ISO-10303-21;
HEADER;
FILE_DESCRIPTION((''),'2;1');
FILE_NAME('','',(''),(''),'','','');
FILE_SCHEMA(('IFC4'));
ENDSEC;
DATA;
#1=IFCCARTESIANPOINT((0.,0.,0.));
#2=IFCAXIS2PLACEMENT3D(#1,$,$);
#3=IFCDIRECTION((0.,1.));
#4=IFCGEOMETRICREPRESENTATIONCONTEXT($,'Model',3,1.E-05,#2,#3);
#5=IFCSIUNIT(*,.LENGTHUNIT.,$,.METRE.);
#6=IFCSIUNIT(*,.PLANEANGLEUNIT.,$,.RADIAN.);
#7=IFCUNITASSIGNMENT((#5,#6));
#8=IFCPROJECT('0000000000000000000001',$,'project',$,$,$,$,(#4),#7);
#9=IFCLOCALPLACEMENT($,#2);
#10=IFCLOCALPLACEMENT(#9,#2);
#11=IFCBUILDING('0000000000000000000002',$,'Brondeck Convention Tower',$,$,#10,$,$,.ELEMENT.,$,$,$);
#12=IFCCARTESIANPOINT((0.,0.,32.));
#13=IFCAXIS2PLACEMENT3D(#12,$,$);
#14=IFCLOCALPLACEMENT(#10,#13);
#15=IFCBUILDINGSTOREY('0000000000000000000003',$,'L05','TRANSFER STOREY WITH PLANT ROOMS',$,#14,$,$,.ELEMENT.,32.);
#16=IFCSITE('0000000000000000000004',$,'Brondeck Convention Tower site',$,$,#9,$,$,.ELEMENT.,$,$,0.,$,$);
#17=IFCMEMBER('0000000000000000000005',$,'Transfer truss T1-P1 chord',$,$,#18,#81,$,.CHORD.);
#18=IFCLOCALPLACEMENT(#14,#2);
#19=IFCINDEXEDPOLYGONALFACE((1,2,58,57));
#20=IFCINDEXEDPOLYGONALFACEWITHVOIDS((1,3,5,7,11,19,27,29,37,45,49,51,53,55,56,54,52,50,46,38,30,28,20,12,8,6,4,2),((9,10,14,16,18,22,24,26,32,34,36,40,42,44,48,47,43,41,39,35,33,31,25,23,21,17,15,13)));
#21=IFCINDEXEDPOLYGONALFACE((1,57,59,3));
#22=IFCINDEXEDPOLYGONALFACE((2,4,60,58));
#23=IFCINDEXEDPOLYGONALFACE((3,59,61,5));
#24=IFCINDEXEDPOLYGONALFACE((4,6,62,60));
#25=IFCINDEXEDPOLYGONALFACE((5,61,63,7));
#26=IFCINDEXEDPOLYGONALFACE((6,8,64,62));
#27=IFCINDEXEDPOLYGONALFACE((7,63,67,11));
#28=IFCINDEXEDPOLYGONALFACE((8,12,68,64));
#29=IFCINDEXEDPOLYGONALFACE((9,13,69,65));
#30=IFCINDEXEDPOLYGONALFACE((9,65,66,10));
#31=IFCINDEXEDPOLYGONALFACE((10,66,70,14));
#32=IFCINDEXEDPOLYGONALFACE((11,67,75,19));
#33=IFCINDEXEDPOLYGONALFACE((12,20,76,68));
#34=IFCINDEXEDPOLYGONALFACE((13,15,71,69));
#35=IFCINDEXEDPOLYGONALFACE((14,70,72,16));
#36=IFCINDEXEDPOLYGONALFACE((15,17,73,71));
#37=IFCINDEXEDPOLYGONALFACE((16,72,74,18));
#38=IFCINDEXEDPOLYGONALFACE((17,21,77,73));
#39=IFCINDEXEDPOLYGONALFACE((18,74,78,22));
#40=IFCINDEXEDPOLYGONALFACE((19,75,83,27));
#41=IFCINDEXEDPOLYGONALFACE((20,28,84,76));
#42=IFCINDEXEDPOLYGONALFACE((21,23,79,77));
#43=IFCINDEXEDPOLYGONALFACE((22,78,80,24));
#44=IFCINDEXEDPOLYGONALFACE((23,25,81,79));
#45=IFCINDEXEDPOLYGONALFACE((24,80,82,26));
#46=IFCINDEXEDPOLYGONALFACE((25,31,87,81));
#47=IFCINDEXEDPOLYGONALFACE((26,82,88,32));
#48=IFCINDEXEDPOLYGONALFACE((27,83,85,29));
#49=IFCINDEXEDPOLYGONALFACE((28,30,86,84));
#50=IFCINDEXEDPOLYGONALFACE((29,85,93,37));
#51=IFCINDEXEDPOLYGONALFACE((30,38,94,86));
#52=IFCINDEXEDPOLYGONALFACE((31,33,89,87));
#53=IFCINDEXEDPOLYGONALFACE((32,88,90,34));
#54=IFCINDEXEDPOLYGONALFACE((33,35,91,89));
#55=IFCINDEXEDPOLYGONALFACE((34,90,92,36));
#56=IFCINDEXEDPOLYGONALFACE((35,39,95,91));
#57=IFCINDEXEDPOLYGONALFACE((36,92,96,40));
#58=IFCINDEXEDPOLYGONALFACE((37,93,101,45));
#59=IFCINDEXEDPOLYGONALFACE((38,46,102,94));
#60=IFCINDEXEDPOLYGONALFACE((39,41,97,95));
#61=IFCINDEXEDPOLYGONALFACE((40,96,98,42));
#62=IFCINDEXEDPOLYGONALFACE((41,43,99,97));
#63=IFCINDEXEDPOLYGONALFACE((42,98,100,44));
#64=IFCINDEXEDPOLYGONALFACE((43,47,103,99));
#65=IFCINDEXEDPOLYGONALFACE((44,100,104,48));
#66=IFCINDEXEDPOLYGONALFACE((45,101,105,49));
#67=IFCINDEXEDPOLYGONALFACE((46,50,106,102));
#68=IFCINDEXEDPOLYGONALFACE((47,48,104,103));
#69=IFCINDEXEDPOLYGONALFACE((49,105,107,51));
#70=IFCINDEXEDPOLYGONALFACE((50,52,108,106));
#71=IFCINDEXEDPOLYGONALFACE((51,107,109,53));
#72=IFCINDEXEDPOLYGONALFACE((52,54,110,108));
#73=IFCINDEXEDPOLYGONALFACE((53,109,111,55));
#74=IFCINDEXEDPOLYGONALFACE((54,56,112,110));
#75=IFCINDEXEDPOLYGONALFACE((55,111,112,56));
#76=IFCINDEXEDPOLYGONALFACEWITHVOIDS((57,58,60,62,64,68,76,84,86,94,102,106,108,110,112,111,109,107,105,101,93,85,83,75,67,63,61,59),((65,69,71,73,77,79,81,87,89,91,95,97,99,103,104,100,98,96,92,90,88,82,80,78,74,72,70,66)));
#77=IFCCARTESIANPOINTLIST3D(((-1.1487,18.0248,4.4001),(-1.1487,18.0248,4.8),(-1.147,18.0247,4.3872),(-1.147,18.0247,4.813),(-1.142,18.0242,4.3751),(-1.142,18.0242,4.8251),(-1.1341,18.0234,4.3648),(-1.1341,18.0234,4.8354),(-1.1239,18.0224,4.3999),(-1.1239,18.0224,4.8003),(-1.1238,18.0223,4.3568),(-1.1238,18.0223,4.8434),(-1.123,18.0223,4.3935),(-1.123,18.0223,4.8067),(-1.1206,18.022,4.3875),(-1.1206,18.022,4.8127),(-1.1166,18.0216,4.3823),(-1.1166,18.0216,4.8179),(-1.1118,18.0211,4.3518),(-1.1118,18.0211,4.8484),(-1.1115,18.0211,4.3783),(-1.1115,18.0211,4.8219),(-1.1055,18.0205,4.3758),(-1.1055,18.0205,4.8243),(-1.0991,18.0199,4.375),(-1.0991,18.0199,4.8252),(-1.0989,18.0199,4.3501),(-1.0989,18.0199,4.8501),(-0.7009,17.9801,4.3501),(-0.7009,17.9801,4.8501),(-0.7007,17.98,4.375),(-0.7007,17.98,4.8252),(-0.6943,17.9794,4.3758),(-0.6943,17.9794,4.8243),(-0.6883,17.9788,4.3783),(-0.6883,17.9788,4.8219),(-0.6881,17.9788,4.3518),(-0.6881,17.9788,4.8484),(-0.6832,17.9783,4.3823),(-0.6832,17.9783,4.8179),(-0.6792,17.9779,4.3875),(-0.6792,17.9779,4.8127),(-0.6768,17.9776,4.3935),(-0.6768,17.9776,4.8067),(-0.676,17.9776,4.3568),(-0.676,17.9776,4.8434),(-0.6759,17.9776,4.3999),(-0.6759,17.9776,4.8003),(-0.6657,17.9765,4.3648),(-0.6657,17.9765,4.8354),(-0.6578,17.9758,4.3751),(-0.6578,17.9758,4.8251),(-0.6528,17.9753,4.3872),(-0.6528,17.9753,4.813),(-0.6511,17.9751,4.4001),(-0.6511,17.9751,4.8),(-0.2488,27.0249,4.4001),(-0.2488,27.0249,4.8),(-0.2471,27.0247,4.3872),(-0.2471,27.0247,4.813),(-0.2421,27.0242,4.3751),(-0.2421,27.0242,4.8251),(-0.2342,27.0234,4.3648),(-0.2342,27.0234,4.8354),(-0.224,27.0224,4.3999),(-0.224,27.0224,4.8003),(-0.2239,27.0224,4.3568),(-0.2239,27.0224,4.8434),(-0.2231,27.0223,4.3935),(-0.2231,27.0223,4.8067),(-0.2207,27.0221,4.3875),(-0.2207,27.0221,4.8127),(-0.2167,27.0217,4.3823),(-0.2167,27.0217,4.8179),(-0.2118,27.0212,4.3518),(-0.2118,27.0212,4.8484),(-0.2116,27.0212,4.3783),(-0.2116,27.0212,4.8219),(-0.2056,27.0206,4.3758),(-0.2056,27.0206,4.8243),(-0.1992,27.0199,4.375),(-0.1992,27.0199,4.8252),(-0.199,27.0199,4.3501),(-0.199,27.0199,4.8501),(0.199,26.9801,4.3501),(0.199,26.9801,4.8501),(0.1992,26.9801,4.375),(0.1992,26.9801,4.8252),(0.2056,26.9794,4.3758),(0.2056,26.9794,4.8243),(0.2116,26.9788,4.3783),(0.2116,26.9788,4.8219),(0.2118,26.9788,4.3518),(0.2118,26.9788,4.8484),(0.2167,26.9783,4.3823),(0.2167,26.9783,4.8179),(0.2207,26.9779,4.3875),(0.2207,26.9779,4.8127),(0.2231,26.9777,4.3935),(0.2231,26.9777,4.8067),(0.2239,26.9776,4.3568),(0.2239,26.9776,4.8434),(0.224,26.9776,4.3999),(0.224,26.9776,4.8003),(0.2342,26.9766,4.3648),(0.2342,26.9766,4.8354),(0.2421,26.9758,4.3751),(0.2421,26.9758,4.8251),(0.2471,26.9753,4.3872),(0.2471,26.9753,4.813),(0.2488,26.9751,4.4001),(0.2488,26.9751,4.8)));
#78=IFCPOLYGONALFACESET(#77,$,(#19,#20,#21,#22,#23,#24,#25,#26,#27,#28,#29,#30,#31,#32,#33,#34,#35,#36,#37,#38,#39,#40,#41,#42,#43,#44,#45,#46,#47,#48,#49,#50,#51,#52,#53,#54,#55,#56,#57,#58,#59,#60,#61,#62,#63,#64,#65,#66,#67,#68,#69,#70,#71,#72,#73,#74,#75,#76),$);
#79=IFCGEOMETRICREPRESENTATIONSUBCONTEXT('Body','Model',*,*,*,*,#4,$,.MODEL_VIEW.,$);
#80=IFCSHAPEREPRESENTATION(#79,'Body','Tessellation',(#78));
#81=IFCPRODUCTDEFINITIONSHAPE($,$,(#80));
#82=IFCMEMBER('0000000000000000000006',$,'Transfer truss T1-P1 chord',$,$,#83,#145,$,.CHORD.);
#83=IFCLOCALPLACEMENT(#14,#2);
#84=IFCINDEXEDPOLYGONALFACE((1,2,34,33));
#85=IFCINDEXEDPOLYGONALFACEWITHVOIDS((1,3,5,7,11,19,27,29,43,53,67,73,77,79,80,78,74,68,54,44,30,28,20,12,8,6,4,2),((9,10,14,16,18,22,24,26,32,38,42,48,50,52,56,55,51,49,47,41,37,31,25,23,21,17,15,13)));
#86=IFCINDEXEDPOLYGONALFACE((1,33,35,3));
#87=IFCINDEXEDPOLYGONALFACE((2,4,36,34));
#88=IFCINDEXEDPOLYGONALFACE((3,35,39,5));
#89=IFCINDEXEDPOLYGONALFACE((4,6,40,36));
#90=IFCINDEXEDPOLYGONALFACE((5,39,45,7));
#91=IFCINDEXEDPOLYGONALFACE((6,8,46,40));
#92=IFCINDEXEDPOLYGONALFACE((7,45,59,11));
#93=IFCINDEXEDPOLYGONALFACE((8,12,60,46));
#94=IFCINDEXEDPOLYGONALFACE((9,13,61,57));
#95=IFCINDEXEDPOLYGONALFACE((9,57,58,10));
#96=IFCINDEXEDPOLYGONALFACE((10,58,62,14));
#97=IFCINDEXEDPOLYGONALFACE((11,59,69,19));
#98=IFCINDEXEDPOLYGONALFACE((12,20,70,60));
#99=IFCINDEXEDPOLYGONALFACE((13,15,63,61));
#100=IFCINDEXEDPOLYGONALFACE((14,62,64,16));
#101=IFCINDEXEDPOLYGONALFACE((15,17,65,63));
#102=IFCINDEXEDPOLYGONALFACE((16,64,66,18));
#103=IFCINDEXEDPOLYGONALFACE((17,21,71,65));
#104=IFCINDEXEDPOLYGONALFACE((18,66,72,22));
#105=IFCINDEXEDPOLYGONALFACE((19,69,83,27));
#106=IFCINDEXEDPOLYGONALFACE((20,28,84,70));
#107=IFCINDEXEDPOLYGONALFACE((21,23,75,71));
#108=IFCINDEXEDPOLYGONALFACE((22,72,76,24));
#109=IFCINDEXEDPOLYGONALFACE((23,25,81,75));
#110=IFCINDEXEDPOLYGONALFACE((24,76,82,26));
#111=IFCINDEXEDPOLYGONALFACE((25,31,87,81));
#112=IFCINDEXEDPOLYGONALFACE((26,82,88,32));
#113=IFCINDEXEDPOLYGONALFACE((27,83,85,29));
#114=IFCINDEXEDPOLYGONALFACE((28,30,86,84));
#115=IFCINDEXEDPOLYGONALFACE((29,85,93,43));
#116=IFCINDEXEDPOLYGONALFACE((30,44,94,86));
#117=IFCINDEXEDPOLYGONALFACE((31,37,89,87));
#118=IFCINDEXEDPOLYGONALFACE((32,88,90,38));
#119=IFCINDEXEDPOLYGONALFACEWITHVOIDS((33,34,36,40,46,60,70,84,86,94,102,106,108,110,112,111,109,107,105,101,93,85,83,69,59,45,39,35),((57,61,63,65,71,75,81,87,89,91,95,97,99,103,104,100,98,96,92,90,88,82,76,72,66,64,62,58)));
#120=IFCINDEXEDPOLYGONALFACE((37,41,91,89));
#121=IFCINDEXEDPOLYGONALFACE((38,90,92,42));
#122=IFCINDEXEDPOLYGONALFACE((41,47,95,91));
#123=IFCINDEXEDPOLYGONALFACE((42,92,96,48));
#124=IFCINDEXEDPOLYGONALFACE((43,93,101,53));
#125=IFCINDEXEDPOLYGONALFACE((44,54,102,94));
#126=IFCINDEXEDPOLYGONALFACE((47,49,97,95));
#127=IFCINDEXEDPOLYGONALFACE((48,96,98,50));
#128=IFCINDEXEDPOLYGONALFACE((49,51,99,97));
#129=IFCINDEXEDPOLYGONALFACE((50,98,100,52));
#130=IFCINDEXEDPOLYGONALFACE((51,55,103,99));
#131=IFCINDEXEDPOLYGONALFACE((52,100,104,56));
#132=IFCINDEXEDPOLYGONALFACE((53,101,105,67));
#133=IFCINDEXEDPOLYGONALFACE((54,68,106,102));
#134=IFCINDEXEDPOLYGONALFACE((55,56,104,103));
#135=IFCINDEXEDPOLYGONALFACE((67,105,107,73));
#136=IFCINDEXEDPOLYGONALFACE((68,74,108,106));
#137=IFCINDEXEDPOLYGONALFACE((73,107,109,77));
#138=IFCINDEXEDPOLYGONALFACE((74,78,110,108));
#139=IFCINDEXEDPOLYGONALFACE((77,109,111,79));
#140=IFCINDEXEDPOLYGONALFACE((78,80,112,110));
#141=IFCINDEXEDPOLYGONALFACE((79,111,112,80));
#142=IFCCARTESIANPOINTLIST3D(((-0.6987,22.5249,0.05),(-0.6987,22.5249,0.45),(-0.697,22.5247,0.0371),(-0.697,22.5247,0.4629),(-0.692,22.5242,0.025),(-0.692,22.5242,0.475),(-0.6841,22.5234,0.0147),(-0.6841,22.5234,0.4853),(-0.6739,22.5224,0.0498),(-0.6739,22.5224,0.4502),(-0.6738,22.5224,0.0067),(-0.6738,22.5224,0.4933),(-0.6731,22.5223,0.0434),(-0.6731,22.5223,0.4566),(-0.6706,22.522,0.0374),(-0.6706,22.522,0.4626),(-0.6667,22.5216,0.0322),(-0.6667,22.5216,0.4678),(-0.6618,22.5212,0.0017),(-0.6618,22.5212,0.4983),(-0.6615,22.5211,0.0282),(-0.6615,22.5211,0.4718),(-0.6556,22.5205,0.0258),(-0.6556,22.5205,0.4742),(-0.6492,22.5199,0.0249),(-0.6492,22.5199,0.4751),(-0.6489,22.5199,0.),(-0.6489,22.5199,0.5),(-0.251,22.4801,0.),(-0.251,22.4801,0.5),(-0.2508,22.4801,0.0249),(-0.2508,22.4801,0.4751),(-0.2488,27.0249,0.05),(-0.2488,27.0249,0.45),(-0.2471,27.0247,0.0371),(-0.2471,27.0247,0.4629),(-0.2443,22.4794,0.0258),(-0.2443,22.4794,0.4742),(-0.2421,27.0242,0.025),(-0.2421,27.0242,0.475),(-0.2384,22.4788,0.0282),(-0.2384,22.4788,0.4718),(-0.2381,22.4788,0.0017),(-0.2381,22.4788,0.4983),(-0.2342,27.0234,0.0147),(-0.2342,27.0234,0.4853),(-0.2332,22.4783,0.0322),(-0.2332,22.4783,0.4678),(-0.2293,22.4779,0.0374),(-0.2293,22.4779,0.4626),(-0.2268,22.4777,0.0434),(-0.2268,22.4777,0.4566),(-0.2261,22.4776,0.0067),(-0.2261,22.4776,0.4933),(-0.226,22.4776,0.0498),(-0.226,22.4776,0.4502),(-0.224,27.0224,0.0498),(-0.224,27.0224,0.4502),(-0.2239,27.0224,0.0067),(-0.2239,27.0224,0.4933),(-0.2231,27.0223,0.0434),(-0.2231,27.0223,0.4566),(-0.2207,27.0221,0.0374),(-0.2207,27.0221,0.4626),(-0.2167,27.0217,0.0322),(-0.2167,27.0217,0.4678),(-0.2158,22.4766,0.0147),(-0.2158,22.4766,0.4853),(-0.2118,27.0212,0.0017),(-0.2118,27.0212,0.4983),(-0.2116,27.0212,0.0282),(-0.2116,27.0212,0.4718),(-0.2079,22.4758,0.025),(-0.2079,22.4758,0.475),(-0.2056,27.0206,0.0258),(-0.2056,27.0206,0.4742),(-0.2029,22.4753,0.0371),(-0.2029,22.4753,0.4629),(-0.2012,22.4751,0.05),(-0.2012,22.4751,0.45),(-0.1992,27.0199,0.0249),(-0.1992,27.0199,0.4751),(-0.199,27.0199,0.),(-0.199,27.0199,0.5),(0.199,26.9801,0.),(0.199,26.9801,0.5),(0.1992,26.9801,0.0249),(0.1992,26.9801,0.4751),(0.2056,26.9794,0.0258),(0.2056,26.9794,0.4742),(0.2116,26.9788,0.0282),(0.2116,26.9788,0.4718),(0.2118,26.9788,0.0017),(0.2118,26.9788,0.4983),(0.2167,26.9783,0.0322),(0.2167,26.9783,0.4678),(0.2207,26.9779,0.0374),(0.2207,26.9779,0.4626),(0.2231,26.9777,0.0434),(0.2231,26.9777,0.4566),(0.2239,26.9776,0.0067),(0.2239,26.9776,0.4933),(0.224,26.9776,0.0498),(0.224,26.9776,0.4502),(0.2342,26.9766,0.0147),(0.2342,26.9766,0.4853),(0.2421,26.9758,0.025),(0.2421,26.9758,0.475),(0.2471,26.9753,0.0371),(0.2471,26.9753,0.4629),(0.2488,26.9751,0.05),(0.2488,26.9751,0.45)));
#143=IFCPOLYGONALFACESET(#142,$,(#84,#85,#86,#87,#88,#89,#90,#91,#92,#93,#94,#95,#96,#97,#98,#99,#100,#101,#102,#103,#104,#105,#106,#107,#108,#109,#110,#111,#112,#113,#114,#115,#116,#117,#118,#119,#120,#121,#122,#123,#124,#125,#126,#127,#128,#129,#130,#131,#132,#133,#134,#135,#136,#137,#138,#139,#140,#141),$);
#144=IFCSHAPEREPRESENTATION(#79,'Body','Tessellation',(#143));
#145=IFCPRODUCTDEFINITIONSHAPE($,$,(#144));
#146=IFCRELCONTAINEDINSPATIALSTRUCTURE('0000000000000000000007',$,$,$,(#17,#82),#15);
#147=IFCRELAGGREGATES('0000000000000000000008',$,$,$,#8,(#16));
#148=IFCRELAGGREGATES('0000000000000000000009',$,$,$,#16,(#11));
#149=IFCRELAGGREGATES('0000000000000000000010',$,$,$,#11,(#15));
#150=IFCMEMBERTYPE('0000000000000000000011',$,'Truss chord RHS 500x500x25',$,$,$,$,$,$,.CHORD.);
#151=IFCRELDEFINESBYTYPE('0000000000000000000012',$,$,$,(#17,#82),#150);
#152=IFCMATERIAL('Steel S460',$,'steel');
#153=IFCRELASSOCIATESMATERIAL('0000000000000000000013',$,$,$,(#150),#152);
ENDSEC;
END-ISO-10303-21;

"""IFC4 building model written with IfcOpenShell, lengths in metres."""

from ifc_helpers import new_model, si_unit, direction, frame, origin, origin_2d, place, context, subcontext, project, spatial, hollow_rectangle, extrude, material, material_profile, profile_set, type_object, element, save


model = new_model("IFC4")

# Units and contexts
model_context = context("Model", 3, precision=1e-05, world=origin(), true_north=direction((0.0, 1.0)))
body_context = subcontext(model_context, "Body", "Model", "MODEL_VIEW")
ifc_project = project(units=[si_unit("LENGTHUNIT", "METRE"), si_unit("PLANEANGLEUNIT", "RADIAN")], contexts=[model_context])

# Site, building, storey
site_placement = place(None, origin())
site = spatial("IfcSite", under=ifc_project, at=site_placement, Name="Brondeck Convention Tower site", CompositionType="ELEMENT", RefElevation=0.0)
building_placement = place(site_placement, origin())
building = spatial("IfcBuilding", under=site, at=building_placement, Name="Brondeck Convention Tower", CompositionType="ELEMENT")
storey_placement = place(building_placement, frame((0.0, 0.0, 32.0)))
storey = spatial("IfcBuildingStorey", under=building, at=storey_placement, Name="L05", Description="TRANSFER STOREY WITH PLANT ROOMS", CompositionType="ELEMENT", Elevation=32.0)

# Shared definitions
ifc_material_1 = material(Name="Steel S460", Category="steel")

# Members
ifc_material_profile_1 = material_profile(ifc_material_1, hollow_rectangle(XDim=0.5, YDim=0.5, WallThickness=0.0249, InnerFilletRadius=0.0249, OuterFilletRadius=0.05, at=origin_2d()), Name="RHS 500x500x25")
ifc_profile_set_1 = profile_set([ifc_material_profile_1], Name="Steel S460")
member_type_1 = type_object("IfcMemberType", Name="Truss chord RHS 500x500x25", PredefinedType="CHORD", material=ifc_profile_set_1)
member_1_placement = place(storey_placement, frame((0.0, 27.0, 4.6001), z_axis=(-0.099493, -0.995038, 0.0), x_axis=(0.995038, -0.099493, 0.0)))
element("IfcMember", 1, at=member_1_placement, inside=storey, type_object=member_type_1, Name="Transfer truss T1-P1 chord", PredefinedType="CHORD", context=body_context, shape_type="SweptSolid", body=[
    extrude(hollow_rectangle(XDim=0.5, YDim=0.5, WallThickness=0.0249, InnerFilletRadius=0.0249, OuterFilletRadius=0.05, at=origin_2d()), origin(), (0.0, 0.0, 1.0), 9.0449),
])
member_2_placement = place(storey_placement, frame((0.0, 27.0, 0.25), z_axis=(-0.099493, -0.995038, 0.0), x_axis=(0.995038, -0.099493, 0.0)))
element("IfcMember", 2, at=member_2_placement, inside=storey, type_object=member_type_1, Name="Transfer truss T1-P1 chord", PredefinedType="CHORD", context=body_context, shape_type="SweptSolid", body=[
    extrude(hollow_rectangle(XDim=0.5, YDim=0.5, WallThickness=0.0249, InnerFilletRadius=0.0249, OuterFilletRadius=0.05, at=origin_2d()), origin(), (0.0, 0.0, 1.0), 4.5225),
])

save(model, "model.ifc")
